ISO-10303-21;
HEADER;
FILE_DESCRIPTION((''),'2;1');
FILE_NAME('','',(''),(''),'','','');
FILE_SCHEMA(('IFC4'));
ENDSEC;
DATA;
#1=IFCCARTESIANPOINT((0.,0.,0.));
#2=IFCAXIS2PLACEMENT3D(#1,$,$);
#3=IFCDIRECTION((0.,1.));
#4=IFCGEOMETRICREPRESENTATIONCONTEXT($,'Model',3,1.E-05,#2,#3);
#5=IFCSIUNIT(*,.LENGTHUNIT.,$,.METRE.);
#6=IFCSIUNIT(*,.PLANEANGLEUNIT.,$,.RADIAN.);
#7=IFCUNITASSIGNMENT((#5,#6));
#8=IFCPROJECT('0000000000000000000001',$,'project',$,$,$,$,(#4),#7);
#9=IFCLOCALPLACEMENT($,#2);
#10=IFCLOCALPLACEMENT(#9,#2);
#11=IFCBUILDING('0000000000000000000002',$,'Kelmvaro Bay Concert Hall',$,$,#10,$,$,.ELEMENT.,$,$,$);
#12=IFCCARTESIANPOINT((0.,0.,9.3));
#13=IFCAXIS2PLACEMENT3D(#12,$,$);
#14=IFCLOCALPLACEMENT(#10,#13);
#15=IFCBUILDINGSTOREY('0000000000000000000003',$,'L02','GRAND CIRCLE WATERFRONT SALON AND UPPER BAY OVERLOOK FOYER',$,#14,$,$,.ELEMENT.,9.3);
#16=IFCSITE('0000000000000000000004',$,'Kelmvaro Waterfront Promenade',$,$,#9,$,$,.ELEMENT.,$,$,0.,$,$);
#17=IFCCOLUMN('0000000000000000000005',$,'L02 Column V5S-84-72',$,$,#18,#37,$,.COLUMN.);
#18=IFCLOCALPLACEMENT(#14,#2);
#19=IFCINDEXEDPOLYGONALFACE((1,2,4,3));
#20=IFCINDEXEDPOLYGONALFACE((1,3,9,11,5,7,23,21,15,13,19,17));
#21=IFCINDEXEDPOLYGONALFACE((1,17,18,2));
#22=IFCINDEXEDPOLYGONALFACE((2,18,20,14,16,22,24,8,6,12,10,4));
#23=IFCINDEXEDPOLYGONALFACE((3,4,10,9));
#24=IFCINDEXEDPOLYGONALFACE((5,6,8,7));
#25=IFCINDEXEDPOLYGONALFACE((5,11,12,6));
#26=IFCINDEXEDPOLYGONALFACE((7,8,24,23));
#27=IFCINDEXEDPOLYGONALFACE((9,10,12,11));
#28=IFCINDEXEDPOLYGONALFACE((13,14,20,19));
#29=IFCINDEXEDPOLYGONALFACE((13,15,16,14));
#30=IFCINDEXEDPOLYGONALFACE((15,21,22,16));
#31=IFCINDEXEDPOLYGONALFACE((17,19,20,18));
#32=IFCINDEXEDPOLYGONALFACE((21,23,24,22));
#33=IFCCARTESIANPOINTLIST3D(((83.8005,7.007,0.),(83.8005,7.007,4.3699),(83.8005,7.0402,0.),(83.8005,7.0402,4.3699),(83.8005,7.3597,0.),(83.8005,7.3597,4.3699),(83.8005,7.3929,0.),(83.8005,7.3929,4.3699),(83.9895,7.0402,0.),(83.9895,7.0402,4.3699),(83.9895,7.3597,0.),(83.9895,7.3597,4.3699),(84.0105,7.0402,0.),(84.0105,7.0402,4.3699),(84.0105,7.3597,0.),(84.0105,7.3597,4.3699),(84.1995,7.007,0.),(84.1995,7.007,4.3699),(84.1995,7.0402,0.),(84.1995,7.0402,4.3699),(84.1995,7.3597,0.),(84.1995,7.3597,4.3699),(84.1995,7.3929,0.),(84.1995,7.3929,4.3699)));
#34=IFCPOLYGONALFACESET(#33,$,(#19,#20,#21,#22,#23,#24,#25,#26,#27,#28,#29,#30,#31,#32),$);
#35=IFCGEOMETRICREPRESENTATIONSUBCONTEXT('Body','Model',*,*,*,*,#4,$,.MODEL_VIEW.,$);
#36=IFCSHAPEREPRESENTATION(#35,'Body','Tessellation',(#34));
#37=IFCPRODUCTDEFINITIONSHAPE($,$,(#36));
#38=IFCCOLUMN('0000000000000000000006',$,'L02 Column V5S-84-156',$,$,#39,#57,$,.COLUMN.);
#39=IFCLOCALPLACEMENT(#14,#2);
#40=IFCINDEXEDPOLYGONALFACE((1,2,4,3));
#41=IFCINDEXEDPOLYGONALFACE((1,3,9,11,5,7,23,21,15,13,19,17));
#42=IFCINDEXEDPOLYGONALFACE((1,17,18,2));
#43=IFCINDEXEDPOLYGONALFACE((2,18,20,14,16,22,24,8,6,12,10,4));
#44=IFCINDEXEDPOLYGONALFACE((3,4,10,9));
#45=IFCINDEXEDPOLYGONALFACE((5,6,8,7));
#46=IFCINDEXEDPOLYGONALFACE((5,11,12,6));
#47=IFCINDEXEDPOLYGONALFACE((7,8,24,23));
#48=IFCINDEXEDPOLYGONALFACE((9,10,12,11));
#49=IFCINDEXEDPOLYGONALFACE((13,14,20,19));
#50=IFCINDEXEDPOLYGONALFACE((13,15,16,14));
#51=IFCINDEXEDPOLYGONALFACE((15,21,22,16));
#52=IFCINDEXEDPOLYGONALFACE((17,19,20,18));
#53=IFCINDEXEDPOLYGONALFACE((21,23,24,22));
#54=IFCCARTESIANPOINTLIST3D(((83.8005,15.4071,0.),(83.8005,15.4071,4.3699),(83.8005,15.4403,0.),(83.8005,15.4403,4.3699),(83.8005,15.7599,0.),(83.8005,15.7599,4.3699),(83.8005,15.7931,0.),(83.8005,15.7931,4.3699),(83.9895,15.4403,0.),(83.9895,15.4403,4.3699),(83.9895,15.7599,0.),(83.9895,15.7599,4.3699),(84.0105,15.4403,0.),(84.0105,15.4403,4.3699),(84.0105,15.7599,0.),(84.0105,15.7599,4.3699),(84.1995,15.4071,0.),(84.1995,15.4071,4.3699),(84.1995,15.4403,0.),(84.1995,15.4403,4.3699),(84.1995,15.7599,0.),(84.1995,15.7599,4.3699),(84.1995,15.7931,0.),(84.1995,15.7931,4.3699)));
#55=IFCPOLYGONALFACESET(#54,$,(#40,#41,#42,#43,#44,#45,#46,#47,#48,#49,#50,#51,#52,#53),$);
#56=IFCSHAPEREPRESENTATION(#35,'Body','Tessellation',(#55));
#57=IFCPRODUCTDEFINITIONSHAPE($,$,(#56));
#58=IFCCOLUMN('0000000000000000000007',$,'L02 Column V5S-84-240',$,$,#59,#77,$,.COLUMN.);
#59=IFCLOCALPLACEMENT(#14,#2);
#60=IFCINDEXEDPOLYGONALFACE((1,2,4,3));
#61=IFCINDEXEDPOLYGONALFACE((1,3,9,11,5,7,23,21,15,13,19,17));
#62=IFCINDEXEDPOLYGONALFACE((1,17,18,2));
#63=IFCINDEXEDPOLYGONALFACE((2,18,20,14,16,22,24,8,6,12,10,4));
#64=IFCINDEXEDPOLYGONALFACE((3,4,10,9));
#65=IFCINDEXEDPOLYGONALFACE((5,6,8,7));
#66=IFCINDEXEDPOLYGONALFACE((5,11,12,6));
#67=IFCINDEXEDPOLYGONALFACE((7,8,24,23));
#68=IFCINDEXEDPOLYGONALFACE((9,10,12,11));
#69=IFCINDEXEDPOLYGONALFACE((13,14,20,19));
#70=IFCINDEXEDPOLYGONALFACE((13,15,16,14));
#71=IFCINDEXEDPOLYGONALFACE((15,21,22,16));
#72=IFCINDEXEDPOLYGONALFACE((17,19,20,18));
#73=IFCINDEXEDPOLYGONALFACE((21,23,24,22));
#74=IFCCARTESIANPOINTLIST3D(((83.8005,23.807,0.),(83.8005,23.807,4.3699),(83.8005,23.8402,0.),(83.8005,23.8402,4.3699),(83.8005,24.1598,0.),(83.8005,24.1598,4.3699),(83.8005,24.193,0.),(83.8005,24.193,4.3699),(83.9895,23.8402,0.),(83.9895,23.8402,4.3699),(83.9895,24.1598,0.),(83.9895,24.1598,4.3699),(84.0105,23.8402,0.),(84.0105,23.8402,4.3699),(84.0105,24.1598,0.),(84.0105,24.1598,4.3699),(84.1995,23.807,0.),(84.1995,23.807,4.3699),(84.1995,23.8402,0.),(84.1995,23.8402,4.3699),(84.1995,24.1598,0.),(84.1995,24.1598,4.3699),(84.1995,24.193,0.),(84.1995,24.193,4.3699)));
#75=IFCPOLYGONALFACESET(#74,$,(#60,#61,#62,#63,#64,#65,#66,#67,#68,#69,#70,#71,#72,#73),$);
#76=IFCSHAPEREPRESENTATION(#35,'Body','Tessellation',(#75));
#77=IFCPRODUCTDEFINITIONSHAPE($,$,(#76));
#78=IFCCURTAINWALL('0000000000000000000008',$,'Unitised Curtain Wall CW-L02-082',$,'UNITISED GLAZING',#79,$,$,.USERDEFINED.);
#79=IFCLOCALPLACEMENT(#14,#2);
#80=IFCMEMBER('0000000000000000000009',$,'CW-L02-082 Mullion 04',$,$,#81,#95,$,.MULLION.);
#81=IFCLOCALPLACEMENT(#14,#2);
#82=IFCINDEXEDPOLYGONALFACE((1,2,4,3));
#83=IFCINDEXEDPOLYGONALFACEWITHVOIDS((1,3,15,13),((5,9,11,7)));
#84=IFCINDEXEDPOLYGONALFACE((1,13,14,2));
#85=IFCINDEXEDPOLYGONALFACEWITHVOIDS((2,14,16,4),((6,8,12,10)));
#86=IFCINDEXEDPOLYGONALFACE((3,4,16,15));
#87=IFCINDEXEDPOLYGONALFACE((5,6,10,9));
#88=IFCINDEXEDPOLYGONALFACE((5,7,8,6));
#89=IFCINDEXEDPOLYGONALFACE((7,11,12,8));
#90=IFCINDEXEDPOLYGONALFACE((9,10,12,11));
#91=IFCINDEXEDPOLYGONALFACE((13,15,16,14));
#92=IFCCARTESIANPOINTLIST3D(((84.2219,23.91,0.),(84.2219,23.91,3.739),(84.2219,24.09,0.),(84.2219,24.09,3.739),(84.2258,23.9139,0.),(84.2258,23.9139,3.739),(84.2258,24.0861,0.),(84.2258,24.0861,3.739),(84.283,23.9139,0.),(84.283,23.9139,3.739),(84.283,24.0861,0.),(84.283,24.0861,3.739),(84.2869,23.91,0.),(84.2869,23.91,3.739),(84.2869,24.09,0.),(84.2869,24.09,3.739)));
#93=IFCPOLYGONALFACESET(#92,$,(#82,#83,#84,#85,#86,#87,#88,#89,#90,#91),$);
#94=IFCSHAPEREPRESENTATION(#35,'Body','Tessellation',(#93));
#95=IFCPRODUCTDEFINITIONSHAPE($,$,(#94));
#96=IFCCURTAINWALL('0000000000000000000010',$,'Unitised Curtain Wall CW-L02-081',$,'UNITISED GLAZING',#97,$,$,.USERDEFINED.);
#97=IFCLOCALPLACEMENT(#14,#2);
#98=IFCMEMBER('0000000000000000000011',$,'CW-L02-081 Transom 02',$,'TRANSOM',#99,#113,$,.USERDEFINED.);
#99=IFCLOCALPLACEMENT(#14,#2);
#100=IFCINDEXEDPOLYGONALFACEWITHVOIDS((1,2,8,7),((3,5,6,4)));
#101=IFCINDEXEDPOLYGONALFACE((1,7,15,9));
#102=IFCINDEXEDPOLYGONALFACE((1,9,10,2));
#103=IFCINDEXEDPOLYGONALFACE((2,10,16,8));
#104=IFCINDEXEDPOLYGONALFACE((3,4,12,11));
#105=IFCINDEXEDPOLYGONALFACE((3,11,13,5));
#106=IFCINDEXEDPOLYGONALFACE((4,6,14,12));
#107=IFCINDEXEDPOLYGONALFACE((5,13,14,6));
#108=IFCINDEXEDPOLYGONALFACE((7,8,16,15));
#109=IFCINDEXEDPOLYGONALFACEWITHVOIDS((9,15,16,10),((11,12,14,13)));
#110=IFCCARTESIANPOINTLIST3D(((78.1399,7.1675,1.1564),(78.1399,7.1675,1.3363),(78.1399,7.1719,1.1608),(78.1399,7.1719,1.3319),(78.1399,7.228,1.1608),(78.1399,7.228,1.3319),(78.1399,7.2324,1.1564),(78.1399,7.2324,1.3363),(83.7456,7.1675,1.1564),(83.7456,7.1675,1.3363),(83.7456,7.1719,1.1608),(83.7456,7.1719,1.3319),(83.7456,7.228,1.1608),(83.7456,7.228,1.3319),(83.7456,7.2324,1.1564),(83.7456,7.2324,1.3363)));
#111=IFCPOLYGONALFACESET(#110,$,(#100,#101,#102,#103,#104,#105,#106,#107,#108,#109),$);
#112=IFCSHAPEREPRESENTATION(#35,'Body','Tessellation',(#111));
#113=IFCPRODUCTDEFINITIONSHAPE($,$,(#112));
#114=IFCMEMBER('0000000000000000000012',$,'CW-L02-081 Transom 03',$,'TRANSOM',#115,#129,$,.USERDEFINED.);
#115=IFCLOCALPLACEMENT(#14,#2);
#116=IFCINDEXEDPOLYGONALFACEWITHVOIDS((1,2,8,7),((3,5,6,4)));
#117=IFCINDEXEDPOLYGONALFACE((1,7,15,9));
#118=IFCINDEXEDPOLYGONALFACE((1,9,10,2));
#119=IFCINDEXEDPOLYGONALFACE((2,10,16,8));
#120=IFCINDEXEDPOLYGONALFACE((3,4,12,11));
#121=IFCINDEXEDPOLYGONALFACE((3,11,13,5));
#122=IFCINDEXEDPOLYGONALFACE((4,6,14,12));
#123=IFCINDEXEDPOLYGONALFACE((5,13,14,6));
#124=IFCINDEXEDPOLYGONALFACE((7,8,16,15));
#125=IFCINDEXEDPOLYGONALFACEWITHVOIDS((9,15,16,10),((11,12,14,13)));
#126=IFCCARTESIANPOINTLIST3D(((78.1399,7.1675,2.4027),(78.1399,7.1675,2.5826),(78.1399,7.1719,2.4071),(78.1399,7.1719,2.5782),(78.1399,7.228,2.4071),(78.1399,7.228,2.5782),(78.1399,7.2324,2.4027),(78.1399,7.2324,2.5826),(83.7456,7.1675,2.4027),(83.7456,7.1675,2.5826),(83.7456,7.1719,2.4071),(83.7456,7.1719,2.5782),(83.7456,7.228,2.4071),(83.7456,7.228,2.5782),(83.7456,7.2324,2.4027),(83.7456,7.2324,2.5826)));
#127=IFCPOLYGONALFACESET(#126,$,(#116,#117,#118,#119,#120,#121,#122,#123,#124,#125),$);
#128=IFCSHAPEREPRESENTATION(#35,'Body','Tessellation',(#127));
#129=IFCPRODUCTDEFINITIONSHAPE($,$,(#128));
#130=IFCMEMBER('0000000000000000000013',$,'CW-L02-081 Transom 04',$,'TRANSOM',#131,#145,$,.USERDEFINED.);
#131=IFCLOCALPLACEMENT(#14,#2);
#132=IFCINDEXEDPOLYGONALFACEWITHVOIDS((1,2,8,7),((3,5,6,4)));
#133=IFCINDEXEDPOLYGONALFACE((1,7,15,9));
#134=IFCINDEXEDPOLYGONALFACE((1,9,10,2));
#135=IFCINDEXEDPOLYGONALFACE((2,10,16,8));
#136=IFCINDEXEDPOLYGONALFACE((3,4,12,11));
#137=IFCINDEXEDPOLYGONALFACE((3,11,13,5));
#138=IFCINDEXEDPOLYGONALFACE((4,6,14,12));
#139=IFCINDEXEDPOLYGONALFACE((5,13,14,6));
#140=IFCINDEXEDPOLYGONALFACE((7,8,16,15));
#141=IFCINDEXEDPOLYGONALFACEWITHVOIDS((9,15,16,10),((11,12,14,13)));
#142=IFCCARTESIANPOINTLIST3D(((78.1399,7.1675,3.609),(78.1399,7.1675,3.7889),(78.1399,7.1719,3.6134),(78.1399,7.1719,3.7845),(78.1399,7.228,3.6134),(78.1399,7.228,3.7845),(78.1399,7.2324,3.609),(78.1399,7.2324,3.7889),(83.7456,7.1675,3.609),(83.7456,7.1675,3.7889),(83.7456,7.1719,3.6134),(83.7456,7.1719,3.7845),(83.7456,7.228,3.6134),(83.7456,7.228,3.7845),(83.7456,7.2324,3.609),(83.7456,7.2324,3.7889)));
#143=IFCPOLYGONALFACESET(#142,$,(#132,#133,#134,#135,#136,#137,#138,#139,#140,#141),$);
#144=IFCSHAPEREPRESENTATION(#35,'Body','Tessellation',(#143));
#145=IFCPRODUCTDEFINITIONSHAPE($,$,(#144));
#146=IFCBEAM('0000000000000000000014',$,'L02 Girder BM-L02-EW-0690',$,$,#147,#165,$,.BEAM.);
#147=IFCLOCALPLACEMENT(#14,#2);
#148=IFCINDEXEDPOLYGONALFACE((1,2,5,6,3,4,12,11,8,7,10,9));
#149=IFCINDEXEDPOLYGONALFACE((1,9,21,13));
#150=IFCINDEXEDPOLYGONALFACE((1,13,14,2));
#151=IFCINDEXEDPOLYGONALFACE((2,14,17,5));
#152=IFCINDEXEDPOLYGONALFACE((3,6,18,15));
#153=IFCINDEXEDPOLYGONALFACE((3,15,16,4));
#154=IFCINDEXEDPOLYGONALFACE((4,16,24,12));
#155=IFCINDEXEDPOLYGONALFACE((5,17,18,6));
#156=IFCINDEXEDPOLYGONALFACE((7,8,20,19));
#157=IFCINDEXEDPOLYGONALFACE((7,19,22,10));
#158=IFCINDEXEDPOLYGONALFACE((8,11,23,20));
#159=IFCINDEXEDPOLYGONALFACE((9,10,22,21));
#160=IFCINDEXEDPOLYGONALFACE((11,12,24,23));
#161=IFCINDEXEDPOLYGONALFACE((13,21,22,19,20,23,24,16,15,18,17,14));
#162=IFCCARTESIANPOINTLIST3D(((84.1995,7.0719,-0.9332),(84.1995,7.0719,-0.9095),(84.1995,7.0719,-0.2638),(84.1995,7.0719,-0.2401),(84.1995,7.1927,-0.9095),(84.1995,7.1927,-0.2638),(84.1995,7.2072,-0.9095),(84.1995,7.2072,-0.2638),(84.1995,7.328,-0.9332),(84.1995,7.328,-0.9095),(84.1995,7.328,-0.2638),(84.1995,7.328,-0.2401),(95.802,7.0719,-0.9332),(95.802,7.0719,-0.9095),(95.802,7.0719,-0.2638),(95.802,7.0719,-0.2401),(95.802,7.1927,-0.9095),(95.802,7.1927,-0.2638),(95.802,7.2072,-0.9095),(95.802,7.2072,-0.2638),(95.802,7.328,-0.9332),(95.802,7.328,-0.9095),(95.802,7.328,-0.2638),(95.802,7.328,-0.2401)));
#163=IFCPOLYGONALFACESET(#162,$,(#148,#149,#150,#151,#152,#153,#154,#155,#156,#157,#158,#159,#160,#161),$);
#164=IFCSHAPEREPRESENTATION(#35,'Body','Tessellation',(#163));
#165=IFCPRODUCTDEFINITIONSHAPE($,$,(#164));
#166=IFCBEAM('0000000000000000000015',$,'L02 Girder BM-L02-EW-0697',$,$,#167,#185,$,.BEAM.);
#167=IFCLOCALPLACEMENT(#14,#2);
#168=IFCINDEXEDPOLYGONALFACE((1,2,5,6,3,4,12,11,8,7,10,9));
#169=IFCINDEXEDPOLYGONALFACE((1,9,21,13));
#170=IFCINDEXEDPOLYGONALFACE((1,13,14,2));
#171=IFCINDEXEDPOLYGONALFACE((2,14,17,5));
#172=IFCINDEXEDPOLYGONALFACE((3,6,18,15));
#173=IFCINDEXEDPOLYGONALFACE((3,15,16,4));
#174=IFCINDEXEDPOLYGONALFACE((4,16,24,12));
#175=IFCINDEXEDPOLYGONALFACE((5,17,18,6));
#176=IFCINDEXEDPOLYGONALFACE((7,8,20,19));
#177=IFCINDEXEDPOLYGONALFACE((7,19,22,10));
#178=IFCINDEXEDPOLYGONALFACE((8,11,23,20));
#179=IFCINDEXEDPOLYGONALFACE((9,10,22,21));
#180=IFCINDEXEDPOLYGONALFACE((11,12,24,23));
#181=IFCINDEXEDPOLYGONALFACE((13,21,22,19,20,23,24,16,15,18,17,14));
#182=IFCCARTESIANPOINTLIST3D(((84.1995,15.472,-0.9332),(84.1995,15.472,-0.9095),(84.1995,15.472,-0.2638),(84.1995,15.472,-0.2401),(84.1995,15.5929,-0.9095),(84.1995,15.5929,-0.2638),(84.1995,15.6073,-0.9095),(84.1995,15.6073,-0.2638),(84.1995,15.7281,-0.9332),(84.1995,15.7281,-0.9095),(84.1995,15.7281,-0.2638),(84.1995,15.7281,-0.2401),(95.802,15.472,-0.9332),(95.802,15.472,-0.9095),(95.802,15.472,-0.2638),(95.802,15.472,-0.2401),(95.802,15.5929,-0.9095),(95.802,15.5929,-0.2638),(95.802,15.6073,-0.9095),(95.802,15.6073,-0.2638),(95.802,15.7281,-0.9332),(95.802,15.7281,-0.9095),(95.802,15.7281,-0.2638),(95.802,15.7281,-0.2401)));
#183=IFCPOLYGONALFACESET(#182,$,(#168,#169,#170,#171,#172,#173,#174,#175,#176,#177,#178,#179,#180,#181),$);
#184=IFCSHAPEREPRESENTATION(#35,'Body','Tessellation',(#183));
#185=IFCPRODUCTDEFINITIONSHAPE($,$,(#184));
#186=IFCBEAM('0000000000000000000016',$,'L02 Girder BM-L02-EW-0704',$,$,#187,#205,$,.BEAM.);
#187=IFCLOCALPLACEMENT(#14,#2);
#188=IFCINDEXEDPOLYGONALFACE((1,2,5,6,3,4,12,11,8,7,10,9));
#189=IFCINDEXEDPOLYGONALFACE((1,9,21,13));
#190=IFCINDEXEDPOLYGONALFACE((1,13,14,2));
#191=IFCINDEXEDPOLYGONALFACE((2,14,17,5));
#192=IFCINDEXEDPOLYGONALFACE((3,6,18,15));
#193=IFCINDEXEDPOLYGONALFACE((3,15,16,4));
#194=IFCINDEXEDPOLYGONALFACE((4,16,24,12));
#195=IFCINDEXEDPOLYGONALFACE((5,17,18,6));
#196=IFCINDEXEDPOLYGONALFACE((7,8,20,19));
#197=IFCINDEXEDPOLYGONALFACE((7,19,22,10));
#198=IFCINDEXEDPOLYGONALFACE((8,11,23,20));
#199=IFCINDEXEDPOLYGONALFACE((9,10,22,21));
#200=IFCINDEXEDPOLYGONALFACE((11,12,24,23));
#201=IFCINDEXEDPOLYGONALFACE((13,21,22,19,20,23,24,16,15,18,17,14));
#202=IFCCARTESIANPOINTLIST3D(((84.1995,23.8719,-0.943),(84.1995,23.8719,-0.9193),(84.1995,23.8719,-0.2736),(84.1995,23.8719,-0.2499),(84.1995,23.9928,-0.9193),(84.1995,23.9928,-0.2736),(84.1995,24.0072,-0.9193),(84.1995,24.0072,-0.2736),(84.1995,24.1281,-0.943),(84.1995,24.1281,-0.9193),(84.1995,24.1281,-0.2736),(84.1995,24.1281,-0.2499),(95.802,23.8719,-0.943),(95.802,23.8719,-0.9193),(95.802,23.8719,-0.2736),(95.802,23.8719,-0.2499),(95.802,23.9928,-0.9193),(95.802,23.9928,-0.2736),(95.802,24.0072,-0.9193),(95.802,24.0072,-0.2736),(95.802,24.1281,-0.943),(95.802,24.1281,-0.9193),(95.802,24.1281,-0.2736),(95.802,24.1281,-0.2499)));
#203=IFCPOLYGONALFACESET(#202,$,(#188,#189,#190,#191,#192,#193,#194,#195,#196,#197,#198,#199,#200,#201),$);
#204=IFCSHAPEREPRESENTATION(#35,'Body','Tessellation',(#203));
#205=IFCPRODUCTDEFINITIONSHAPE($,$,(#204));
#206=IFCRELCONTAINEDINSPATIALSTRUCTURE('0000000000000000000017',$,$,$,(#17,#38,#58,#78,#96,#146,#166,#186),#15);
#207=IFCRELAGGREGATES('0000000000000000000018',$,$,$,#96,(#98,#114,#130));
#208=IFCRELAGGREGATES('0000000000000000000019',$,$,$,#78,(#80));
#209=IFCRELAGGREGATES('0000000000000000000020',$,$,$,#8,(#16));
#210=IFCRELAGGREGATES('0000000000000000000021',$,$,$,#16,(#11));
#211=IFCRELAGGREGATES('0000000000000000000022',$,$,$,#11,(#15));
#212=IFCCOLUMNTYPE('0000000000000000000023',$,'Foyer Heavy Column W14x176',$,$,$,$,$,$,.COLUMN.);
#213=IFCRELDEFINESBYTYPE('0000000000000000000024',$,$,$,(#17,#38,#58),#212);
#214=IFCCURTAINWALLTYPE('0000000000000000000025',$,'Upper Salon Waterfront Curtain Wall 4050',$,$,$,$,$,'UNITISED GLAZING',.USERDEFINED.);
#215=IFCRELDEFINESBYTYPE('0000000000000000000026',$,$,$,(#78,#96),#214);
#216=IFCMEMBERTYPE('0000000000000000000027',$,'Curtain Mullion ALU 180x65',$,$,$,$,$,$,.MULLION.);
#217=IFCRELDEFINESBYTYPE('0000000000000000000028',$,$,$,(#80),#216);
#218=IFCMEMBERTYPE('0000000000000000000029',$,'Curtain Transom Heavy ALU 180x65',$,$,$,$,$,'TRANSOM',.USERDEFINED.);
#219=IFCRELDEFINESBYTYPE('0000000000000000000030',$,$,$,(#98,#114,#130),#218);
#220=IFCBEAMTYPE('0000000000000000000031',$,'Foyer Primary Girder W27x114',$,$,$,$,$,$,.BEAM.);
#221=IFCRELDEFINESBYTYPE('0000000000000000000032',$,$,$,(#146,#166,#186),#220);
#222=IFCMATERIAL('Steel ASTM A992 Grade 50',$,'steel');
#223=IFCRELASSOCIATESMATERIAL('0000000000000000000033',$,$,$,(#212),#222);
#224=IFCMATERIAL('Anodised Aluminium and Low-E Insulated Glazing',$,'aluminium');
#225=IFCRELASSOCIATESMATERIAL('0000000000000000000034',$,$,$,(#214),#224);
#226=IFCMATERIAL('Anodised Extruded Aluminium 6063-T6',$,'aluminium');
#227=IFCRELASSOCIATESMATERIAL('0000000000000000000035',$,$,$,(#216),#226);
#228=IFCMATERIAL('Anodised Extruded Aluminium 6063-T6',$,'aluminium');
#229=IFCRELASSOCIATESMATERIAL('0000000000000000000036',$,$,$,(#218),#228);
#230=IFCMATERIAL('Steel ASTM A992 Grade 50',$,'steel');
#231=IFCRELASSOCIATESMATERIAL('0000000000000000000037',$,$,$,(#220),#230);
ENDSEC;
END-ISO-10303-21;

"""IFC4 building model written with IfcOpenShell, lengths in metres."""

from ifc_helpers import new_model, si_unit, direction, frame, origin, origin_2d, place, context, subcontext, project, spatial, hollow_rectangle, i_section, extrude, material, material_profile, profile_set, type_object, element, aggregate, save


model = new_model("IFC4")

# Units and contexts
model_context = context("Model", 3, precision=1e-05, world=origin(), true_north=direction((0.0, 1.0)))
body_context = subcontext(model_context, "Body", "Model", "MODEL_VIEW")
ifc_project = project(units=[si_unit("LENGTHUNIT", "METRE"), si_unit("PLANEANGLEUNIT", "RADIAN")], contexts=[model_context])

# Site, building, storey
site_placement = place(None, origin())
site = spatial("IfcSite", under=ifc_project, at=site_placement, Name="Kelmvaro Waterfront Promenade", CompositionType="ELEMENT", RefElevation=0.0)
building_placement = place(site_placement, origin())
building = spatial("IfcBuilding", under=site, at=building_placement, Name="Kelmvaro Bay Concert Hall", CompositionType="ELEMENT")
storey_placement = place(building_placement, frame((0.0, 0.0, 9.3)))
storey = spatial("IfcBuildingStorey", under=building, at=storey_placement, Name="L02", Description="GRAND CIRCLE WATERFRONT SALON AND UPPER BAY OVERLOOK FOYER", CompositionType="ELEMENT", Elevation=9.3)

# Columns
ifc_material_1 = material(Name="Steel ASTM A992 Grade 50", Category="steel")
ifc_material_profile_1 = material_profile(ifc_material_1, i_section(OverallWidth=0.3989, OverallDepth=0.386, WebThickness=0.021, FlangeThickness=0.0332, at=origin_2d()), Name="W14X176")
ifc_profile_set_1 = profile_set([ifc_material_profile_1], Name="Steel ASTM A992 Grade 50")
column_type = type_object("IfcColumnType", Name="Foyer Heavy Column W14x176", PredefinedType="COLUMN", material=ifc_profile_set_1)
for number, where, z_axis, x_axis, name in (
    (1, (84.0, 7.2, 0.0), (0.0, 0.0, 1.0), (1.0, 0.0, 0.0), "L02 Column V5S-84-72"),
    (2, (84.0, 15.6001, 0.0), (0.0, 0.0, 1.0), (1.0, 0.0, 0.0), "L02 Column V5S-84-156"),
    (3, (84.0, 24.0, 0.0), (0.0, 0.0, 1.0), (1.0, 0.0, 0.0), "L02 Column V5S-84-240"),
):
    element("IfcColumn", number, at=place(storey_placement, frame(where, z_axis=z_axis, x_axis=x_axis)), inside=storey, type_object=column_type, Name=name, PredefinedType="COLUMN", context=body_context, shape_type="SweptSolid", body=[
        extrude(i_section(OverallWidth=0.3989, OverallDepth=0.386, WebThickness=0.021, FlangeThickness=0.0332, at=origin_2d()), origin(), (0.0, 0.0, 1.0), 4.3699),
    ])

# Curtain wall, member
ifc_material_2 = material(Name="Anodised Aluminium and Low-E Insulated Glazing", Category="aluminium")
curtain_wall_type = type_object("IfcCurtainWallType", Name="Upper Salon Waterfront Curtain Wall 4050", ElementType="UNITISED GLAZING", PredefinedType="USERDEFINED", material=ifc_material_2)
curtain_wall_1_placement = place(storey_placement, origin())
curtain_wall_1 = element("IfcCurtainWall", 4, at=curtain_wall_1_placement, inside=storey, type_object=curtain_wall_type, Name="Unitised Curtain Wall CW-L02-082", ObjectType="UNITISED GLAZING", PredefinedType="USERDEFINED")
ifc_material_3 = material(Name="Anodised Extruded Aluminium 6063-T6", Category="aluminium")
ifc_material_profile_2 = material_profile(ifc_material_3, hollow_rectangle(XDim=0.0649, YDim=0.1799, WallThickness=0.0039, at=origin_2d()), Name="ALU-MUL-180X65")
ifc_profile_set_2 = profile_set([ifc_material_profile_2], Name="Anodised Extruded Aluminium 6063-T6")
member_type_1 = type_object("IfcMemberType", Name="Curtain Mullion ALU 180x65", PredefinedType="MULLION", material=ifc_profile_set_2)
member_1_placement = place(storey_placement, frame((84.2544, 24.0, 0.0), z_axis=(0.0, 0.0, 1.0), x_axis=(1.0, 0.0, 0.0)))
member_1 = element("IfcMember", 5, at=member_1_placement, type_object=member_type_1, Name="CW-L02-082 Mullion 04", PredefinedType="MULLION", context=body_context, shape_type="SweptSolid", body=[
    extrude(hollow_rectangle(XDim=0.0649, YDim=0.1799, WallThickness=0.0039, at=origin_2d()), origin(), (0.0, 0.0, 1.0), 3.739),
])

# Curtain wall, members
curtain_wall_2_placement = place(storey_placement, origin())
curtain_wall_2 = element("IfcCurtainWall", 6, at=curtain_wall_2_placement, inside=storey, type_object=curtain_wall_type, Name="Unitised Curtain Wall CW-L02-081", ObjectType="UNITISED GLAZING", PredefinedType="USERDEFINED")
ifc_material_4 = material(Name="Anodised Extruded Aluminium 6063-T6", Category="aluminium")
ifc_material_profile_3 = material_profile(ifc_material_4, hollow_rectangle(XDim=0.0649, YDim=0.1799, WallThickness=0.0044, at=origin_2d()), Name="ALU-TRN-180X65")
ifc_profile_set_3 = profile_set([ifc_material_profile_3], Name="Anodised Extruded Aluminium 6063-T6")
member_type_2 = type_object("IfcMemberType", Name="Curtain Transom Heavy ALU 180x65", ElementType="TRANSOM", PredefinedType="USERDEFINED", material=ifc_profile_set_3)
member_2_placement = place(storey_placement, frame((83.7456, 7.2, 1.2463), z_axis=(-1.0, 0.0, 0.0), x_axis=(0.0, -1.0, 0.0)))
member_2 = element("IfcMember", 7, at=member_2_placement, type_object=member_type_2, Name="CW-L02-081 Transom 02", ObjectType="TRANSOM", PredefinedType="USERDEFINED", context=body_context, shape_type="SweptSolid", body=[
    extrude(hollow_rectangle(XDim=0.0649, YDim=0.1799, WallThickness=0.0044, at=origin_2d()), origin(), (0.0, 0.0, 1.0), 5.6057),
])
member_3_placement = place(storey_placement, frame((83.7456, 7.2, 2.4927), z_axis=(-1.0, 0.0, 0.0), x_axis=(0.0, -1.0, 0.0)))
member_3 = element("IfcMember", 8, at=member_3_placement, type_object=member_type_2, Name="CW-L02-081 Transom 03", ObjectType="TRANSOM", PredefinedType="USERDEFINED", context=body_context, shape_type="SweptSolid", body=[
    extrude(hollow_rectangle(XDim=0.0649, YDim=0.1799, WallThickness=0.0044, at=origin_2d()), origin(), (0.0, 0.0, 1.0), 5.6057),
])
member_4_placement = place(storey_placement, frame((83.7456, 7.2, 3.699), z_axis=(-1.0, 0.0, 0.0), x_axis=(0.0, -1.0, 0.0)))
member_4 = element("IfcMember", 9, at=member_4_placement, type_object=member_type_2, Name="CW-L02-081 Transom 04", ObjectType="TRANSOM", PredefinedType="USERDEFINED", context=body_context, shape_type="SweptSolid", body=[
    extrude(hollow_rectangle(XDim=0.0649, YDim=0.1799, WallThickness=0.0044, at=origin_2d()), origin(), (0.0, 0.0, 1.0), 5.6057),
])
aggregate(curtain_wall_2, [member_2, member_3, member_4])

# Beams
ifc_material_5 = material(Name="Steel ASTM A992 Grade 50", Category="steel")
ifc_material_profile_4 = material_profile(ifc_material_5, i_section(OverallWidth=0.2561, OverallDepth=0.6931, WebThickness=0.0144, FlangeThickness=0.0237, at=origin_2d()), Name="W27X114")
ifc_profile_set_4 = profile_set([ifc_material_profile_4], Name="Steel ASTM A992 Grade 50")
beam_type_1 = type_object("IfcBeamType", Name="Foyer Primary Girder W27x114", PredefinedType="BEAM", material=ifc_profile_set_4)
for number, where, z_axis, x_axis, name in (
    (10, (84.1995, 7.2, -0.5867), (1.0, 0.0, 0.0), (0.0, 1.0, 0.0), "L02 Girder BM-L02-EW-0690"),
    (11, (84.1995, 15.6001, -0.5867), (1.0, 0.0, 0.0), (0.0, 1.0, 0.0), "L02 Girder BM-L02-EW-0697"),
    (12, (84.1995, 24.0, -0.5964), (1.0, 0.0, 0.0), (0.0, 1.0, 0.0), "L02 Girder BM-L02-EW-0704"),
):
    element("IfcBeam", number, at=place(storey_placement, frame(where, z_axis=z_axis, x_axis=x_axis)), inside=storey, type_object=beam_type_1, Name=name, PredefinedType="BEAM", context=body_context, shape_type="SweptSolid", body=[
        extrude(i_section(OverallWidth=0.2561, OverallDepth=0.6931, WebThickness=0.0144, FlangeThickness=0.0237, at=origin_2d()), origin(), (0.0, 0.0, 1.0), 11.6025),
    ])

aggregate(curtain_wall_1, [member_1])

save(model, "model.ifc")
